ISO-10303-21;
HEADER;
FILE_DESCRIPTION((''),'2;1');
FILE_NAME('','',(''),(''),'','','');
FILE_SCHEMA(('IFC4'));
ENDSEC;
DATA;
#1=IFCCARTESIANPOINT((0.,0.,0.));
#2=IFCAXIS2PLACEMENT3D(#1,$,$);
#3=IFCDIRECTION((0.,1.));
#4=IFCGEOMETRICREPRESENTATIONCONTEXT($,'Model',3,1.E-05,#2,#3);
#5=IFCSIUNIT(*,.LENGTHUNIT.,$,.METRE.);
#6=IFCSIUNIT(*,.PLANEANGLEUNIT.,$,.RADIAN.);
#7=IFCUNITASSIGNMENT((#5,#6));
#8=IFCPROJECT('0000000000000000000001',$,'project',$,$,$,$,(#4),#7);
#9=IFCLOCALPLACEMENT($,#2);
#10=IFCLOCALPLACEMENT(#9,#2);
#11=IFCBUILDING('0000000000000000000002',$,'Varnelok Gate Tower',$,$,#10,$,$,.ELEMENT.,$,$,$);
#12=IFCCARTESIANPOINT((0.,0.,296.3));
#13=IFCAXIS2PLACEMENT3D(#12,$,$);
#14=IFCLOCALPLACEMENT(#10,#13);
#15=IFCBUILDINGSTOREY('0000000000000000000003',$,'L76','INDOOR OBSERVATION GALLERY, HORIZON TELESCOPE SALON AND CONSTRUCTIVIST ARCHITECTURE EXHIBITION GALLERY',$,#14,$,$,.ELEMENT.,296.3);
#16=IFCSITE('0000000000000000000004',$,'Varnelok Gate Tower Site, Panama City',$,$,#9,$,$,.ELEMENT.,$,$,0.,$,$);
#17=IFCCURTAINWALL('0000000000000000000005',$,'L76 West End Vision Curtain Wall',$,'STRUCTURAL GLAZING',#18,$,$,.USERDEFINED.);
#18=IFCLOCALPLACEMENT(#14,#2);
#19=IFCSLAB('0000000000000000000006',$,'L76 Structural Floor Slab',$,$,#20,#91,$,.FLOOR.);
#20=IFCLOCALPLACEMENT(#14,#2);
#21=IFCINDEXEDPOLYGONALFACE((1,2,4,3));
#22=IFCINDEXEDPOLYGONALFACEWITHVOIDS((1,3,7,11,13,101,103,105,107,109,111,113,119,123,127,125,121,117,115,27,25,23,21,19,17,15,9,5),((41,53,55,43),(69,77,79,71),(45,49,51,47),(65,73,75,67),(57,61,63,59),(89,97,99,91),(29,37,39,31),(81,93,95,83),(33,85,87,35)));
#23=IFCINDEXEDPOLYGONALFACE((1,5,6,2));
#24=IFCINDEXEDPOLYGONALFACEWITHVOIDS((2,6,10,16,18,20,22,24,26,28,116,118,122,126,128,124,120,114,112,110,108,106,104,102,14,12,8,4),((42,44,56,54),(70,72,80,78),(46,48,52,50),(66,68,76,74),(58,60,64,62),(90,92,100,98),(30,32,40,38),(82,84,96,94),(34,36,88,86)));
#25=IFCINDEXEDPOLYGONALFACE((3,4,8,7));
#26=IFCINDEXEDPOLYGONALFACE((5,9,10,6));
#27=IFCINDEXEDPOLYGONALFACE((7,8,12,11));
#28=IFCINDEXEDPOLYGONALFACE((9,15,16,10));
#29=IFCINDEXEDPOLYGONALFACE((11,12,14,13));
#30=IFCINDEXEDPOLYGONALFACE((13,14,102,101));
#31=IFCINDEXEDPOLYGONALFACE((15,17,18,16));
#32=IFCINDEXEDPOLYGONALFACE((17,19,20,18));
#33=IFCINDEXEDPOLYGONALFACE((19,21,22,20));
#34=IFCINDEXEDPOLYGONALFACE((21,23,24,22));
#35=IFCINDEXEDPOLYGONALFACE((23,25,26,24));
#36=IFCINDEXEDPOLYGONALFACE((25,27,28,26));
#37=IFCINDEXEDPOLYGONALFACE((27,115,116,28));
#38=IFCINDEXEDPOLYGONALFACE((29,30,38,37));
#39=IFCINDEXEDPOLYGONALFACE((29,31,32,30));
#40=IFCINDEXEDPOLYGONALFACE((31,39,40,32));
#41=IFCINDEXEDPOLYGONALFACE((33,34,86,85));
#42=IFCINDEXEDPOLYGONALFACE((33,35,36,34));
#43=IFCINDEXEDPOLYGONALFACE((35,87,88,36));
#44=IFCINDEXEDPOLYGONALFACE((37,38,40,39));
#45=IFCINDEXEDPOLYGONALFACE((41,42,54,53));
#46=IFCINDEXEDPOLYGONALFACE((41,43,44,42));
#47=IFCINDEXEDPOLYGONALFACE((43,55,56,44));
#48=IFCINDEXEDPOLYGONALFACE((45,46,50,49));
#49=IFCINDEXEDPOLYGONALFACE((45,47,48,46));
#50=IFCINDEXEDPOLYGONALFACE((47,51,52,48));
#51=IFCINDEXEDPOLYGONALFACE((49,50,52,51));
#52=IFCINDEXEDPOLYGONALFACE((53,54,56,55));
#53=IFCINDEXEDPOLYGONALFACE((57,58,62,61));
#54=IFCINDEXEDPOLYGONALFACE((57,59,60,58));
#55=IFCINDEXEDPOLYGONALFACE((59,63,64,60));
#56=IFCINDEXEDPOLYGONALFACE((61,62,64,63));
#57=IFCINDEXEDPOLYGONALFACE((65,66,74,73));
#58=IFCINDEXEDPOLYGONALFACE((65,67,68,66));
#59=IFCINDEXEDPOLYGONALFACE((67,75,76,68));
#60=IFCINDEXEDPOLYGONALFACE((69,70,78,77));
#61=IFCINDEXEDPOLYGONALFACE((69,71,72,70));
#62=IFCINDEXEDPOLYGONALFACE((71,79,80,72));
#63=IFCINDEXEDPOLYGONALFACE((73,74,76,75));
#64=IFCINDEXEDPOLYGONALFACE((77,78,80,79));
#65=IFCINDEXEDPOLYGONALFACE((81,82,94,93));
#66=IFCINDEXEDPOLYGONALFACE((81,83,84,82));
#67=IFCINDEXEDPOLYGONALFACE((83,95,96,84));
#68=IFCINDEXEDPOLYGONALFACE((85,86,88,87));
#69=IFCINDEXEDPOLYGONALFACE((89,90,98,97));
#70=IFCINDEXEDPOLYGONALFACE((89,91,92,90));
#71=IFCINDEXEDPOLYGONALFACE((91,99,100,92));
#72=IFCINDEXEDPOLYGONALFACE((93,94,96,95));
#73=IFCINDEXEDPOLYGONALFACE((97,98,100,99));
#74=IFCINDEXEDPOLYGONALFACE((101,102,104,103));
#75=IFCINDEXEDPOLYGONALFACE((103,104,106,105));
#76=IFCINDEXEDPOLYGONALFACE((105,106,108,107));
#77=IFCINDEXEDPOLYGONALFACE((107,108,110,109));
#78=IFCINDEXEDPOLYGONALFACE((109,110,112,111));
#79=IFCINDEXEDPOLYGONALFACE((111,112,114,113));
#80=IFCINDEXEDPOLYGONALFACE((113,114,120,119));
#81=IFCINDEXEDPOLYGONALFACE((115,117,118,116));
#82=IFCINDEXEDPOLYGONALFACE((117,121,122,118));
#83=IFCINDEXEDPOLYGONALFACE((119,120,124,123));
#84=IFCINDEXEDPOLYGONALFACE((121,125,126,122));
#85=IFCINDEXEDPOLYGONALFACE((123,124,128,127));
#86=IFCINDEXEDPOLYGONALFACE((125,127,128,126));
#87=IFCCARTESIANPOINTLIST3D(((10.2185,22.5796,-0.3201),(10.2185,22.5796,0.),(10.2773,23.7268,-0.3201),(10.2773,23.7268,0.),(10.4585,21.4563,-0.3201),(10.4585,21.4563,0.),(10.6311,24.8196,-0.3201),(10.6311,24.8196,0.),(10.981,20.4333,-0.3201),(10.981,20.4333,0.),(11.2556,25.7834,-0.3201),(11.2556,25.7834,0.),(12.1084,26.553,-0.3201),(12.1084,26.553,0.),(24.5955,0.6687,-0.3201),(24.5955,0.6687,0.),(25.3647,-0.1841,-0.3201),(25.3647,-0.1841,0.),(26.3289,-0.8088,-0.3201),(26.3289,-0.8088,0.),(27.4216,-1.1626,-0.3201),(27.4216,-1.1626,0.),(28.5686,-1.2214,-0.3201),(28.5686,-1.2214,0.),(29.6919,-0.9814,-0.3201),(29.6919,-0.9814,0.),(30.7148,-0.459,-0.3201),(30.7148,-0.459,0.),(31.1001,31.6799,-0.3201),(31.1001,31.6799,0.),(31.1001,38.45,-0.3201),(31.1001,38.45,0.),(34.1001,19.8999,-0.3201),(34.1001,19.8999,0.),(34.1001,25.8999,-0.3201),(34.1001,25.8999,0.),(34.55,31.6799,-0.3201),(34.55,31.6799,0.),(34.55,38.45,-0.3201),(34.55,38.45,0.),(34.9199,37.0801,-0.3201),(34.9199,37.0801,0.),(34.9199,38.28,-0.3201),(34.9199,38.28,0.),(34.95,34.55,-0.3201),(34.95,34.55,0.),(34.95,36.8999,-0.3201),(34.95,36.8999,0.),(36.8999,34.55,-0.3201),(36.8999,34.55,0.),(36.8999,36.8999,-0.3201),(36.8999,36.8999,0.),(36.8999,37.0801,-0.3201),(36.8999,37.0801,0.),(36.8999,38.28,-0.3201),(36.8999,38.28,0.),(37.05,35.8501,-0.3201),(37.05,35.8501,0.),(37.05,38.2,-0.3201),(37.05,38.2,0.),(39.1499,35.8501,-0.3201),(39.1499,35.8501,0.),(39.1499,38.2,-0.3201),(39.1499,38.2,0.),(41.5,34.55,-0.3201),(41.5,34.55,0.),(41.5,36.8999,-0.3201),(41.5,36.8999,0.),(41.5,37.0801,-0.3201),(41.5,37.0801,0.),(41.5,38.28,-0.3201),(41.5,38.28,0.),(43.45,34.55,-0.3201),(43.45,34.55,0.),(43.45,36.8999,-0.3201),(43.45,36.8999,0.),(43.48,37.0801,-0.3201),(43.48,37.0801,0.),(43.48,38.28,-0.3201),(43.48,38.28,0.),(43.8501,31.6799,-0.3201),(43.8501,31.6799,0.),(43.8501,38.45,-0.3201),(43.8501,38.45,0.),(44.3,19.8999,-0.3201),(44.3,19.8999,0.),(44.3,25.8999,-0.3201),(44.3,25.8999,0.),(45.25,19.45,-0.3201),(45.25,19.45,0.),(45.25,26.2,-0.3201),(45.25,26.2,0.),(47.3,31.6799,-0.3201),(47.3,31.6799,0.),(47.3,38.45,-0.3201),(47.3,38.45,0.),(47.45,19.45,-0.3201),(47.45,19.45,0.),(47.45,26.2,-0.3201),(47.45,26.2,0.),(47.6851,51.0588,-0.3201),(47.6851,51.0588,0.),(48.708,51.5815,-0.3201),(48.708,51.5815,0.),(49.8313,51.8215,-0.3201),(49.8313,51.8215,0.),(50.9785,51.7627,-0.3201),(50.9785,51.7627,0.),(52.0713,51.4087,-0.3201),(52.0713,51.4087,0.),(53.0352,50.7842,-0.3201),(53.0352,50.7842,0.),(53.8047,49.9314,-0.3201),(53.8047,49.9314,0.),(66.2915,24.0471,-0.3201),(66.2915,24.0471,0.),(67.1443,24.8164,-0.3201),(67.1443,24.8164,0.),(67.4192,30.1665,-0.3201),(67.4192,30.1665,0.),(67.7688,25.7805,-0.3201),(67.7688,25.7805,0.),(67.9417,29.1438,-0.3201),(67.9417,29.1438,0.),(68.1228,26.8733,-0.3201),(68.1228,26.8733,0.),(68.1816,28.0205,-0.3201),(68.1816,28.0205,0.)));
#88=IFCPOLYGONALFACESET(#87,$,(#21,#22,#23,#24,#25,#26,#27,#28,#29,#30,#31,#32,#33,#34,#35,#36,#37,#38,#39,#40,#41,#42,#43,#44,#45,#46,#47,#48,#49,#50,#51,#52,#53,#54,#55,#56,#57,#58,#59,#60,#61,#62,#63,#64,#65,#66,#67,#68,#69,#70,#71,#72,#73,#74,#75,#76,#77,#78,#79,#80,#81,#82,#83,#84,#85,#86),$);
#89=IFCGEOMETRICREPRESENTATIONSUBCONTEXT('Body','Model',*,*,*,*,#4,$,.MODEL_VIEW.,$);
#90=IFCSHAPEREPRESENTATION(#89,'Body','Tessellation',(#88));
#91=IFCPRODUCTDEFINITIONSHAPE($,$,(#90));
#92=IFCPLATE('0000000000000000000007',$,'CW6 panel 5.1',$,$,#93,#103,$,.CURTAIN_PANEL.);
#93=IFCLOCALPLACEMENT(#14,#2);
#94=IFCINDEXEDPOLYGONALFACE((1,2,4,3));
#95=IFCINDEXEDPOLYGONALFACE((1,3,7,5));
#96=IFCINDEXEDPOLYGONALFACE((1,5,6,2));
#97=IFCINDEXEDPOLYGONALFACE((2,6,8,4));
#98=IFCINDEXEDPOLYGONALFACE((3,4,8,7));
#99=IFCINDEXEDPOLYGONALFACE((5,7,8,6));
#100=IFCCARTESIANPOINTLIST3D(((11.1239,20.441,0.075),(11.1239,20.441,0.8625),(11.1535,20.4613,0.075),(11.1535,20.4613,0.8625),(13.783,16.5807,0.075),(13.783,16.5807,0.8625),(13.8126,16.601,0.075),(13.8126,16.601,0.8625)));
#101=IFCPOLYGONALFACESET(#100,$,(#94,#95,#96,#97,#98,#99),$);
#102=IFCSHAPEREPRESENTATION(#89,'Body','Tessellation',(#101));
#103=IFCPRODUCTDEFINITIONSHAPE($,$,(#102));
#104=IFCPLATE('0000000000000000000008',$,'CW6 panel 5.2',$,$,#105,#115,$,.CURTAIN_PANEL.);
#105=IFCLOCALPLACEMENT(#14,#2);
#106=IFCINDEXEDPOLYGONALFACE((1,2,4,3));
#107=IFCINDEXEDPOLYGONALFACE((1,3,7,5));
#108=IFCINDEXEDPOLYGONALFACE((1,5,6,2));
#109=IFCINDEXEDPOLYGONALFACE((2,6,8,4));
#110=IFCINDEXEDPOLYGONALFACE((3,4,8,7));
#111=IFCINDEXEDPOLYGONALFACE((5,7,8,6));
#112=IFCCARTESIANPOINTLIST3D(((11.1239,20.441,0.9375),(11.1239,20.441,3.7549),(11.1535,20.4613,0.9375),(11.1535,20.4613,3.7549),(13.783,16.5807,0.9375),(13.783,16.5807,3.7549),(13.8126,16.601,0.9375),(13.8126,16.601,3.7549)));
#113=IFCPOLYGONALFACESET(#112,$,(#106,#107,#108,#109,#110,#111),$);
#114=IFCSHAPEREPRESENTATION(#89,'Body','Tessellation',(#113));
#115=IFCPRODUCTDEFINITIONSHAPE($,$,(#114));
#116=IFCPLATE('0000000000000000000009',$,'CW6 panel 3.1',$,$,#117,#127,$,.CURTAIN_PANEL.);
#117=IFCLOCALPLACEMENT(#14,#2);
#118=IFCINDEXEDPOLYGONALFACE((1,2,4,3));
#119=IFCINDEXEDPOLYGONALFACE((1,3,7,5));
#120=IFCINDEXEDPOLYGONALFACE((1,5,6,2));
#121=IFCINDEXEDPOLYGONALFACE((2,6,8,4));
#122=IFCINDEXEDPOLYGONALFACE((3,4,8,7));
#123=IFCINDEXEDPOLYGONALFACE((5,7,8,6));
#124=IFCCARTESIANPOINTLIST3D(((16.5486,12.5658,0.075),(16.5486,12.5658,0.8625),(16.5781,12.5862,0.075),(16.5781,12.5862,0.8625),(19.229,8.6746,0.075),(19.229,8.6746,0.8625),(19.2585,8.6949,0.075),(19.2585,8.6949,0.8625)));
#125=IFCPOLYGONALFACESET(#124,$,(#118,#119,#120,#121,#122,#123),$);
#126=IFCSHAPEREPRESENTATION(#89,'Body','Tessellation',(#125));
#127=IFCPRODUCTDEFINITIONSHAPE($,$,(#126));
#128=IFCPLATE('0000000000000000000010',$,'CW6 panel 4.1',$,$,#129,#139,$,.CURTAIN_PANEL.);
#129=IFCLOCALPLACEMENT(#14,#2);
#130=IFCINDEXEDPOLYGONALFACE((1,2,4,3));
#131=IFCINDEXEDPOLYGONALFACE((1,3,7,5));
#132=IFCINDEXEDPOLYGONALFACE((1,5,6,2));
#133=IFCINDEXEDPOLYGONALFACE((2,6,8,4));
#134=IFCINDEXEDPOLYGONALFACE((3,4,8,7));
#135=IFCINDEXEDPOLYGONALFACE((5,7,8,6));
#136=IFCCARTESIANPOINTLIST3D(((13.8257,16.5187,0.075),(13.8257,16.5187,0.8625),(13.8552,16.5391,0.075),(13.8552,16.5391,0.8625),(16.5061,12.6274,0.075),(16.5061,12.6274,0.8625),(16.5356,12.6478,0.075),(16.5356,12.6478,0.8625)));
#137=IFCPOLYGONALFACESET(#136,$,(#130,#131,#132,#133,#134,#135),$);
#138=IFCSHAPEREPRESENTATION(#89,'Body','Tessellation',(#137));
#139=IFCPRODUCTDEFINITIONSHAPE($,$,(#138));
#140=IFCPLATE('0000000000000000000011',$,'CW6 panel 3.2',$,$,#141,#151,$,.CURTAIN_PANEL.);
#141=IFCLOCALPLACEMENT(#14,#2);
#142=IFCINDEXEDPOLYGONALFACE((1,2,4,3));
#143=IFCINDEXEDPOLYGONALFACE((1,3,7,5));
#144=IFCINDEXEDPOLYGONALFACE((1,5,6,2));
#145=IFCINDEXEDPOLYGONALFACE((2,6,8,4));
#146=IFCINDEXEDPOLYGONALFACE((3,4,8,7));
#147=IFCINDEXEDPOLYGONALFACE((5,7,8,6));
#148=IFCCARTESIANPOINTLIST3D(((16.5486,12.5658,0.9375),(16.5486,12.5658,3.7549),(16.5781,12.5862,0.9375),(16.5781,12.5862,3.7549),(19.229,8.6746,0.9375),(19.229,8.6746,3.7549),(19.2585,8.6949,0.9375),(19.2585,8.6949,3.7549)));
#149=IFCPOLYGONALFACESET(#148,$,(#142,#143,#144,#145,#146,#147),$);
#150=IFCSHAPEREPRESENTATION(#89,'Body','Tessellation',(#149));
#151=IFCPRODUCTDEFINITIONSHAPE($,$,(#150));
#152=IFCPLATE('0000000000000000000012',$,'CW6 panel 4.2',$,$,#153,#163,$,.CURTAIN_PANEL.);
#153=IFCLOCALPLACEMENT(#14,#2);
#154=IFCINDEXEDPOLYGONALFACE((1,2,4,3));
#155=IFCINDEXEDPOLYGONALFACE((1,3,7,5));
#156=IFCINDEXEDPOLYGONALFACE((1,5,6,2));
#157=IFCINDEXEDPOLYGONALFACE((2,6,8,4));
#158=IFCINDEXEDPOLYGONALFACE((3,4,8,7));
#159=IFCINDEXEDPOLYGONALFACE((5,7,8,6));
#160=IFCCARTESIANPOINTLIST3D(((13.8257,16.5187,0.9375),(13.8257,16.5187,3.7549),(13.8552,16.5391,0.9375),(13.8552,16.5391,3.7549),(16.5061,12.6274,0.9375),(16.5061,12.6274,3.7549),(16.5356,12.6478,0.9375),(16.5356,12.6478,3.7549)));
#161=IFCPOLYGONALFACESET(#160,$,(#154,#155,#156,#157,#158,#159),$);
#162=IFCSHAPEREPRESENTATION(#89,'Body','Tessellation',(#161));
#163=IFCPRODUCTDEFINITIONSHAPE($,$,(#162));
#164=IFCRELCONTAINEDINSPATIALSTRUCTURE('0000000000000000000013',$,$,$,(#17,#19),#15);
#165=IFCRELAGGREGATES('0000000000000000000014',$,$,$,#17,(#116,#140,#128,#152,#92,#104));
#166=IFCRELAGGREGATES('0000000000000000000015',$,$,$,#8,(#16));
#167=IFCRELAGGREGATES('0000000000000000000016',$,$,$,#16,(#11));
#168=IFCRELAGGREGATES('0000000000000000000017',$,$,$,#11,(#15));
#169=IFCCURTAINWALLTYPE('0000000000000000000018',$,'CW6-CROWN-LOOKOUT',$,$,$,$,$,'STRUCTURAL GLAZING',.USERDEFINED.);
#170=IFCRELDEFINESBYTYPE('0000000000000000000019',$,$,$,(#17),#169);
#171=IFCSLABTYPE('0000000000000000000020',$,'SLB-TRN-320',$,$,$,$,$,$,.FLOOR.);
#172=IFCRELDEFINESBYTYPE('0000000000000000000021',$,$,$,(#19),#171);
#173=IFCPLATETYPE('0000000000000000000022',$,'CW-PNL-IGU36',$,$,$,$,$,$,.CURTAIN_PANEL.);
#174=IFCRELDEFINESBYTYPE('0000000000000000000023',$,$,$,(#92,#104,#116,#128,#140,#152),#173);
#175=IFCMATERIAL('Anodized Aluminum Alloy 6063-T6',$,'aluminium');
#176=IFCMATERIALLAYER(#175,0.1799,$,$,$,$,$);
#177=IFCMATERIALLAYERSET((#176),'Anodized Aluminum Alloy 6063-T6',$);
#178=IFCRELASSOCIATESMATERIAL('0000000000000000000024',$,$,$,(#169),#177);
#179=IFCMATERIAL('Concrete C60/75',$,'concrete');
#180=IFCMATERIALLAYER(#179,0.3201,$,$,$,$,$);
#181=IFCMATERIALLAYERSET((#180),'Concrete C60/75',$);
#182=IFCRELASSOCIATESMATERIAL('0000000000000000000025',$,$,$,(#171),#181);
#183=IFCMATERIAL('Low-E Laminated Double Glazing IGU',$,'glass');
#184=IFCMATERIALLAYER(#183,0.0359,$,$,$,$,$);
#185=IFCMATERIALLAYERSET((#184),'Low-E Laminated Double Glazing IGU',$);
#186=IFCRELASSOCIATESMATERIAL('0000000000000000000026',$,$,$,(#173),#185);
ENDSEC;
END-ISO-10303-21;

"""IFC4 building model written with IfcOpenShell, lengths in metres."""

from ifc_helpers import new_model, si_unit, direction, frame, origin, origin_2d, place, context, subcontext, project, spatial, polyline, rectangle, outline, extrude, source, transform, mapped, material, layer, layer_set, type_object, element, aggregate, save


model = new_model("IFC4")

# Units and contexts
model_context = context("Model", 3, precision=1e-05, world=origin(), true_north=direction((0.0, 1.0)))
body_context = subcontext(model_context, "Body", "Model", "MODEL_VIEW")
ifc_project = project(units=[si_unit("LENGTHUNIT", "METRE"), si_unit("PLANEANGLEUNIT", "RADIAN")], contexts=[model_context])

# Site, building, storey
site_placement = place(None, origin())
site = spatial("IfcSite", under=ifc_project, at=site_placement, Name="Varnelok Gate Tower Site, Panama City", CompositionType="ELEMENT", RefElevation=0.0)
building_placement = place(site_placement, origin())
building = spatial("IfcBuilding", under=site, at=building_placement, Name="Varnelok Gate Tower", CompositionType="ELEMENT")
storey_placement = place(building_placement, frame((0.0, 0.0, 296.3)))
storey = spatial("IfcBuildingStorey", under=building, at=storey_placement, Name="L76", Description="INDOOR OBSERVATION GALLERY, HORIZON TELESCOPE SALON AND CONSTRUCTIVIST ARCHITECTURE EXHIBITION GALLERY", CompositionType="ELEMENT", Elevation=296.3)

# Curtain wall
ifc_material_1 = material(Name="Anodized Aluminum Alloy 6063-T6", Category="aluminium")
ifc_layer_1 = layer(ifc_material_1, 0.1799)
ifc_layer_set_1 = layer_set([ifc_layer_1], Name="Anodized Aluminum Alloy 6063-T6")
curtain_wall_type = type_object("IfcCurtainWallType", Name="CW6-CROWN-LOOKOUT", ElementType="STRUCTURAL GLAZING", PredefinedType="USERDEFINED", material=ifc_layer_set_1)
curtain_wall_placement = place(storey_placement, origin())
curtain_wall = element("IfcCurtainWall", 1, at=curtain_wall_placement, inside=storey, type_object=curtain_wall_type, Name="L76 West End Vision Curtain Wall", ObjectType="STRUCTURAL GLAZING", PredefinedType="USERDEFINED")

# Slab
ifc_material_2 = material(Name="Concrete C60/75", Category="concrete")
ifc_layer_2 = layer(ifc_material_2, 0.3201)
ifc_layer_set_2 = layer_set([ifc_layer_2], Name="Concrete C60/75")
slab_type_1 = type_object("IfcSlabType", Name="SLB-TRN-320", PredefinedType="FLOOR", material=ifc_layer_set_2)
slab_1_placement = place(storey_placement, frame((0.0, 0.0, -0.3201)))
element("IfcSlab", 2, at=slab_1_placement, inside=storey, type_object=slab_type_1, Name="L76 Structural Floor Slab", PredefinedType="FLOOR", context=body_context, shape_type="SweptSolid", body=[
    extrude(outline(polyline([(24.5955, 0.6687), (25.3647, -0.1841), (26.3289, -0.8088), (27.4216, -1.1626), (28.5686, -1.2214), (29.6919, -0.9814), (30.7148, -0.459), (66.2915, 24.0471), (67.1443, 24.8164), (67.7688, 25.7805), (68.1228, 26.8733), (68.1816, 28.0205), (67.9417, 29.1438), (67.4192, 30.1665), (53.8047, 49.9314), (53.0352, 50.7842), (52.0713, 51.4087), (50.9785, 51.7627), (49.8313, 51.8215), (48.708, 51.5815), (47.6851, 51.0588), (12.1084, 26.553), (11.2556, 25.7834), (10.6311, 24.8196), (10.2773, 23.7268), (10.2185, 22.5796), (10.4585, 21.4563), (10.981, 20.4333), (24.5955, 0.6687)]), holes=[polyline([(34.55, 31.6799), (34.55, 38.45), (31.1001, 38.45), (31.1001, 31.6799), (34.55, 31.6799)]), polyline([(47.3, 31.6799), (47.3, 38.45), (43.8501, 38.45), (43.8501, 31.6799), (47.3, 31.6799)]), polyline([(34.95, 34.55), (36.8999, 34.55), (36.8999, 36.8999), (34.95, 36.8999), (34.95, 34.55)]), polyline([(41.5, 34.55), (43.45, 34.55), (43.45, 36.8999), (41.5, 36.8999), (41.5, 34.55)]), polyline([(37.05, 35.8501), (39.1499, 35.8501), (39.1499, 38.2), (37.05, 38.2), (37.05, 35.8501)]), polyline([(45.25, 19.45), (47.45, 19.45), (47.45, 26.2), (45.25, 26.2), (45.25, 19.45)]), polyline([(34.9199, 37.0801), (36.8999, 37.0801), (36.8999, 38.28), (34.9199, 38.28), (34.9199, 37.0801)]), polyline([(41.5, 37.0801), (43.48, 37.0801), (43.48, 38.28), (41.5, 38.28), (41.5, 37.0801)]), polyline([(34.1001, 19.8999), (44.3, 19.8999), (44.3, 25.8999), (34.1001, 25.8999), (34.1001, 19.8999)])]), origin(), (0.0, 0.0, 1.0), 0.3201),
])

# Plates
ifc_material_3 = material(Name="Low-E Laminated Double Glazing IGU", Category="glass")
ifc_layer_3 = layer(ifc_material_3, 0.0359)
ifc_layer_set_3 = layer_set([ifc_layer_3], Name="Low-E Laminated Double Glazing IGU")
plate_type = type_object("IfcPlateType", Name="CW-PNL-IGU36", PredefinedType="CURTAIN_PANEL", material=ifc_layer_set_3)
shared_shape_1 = source(origin(), body_context, "Body", "SweptSolid", [
    extrude(rectangle(XDim=4.6875, YDim=0.0359, at=origin_2d()), origin(), (0.0, 0.0, 1.0), 0.7876),
])
plate_1_placement = place(storey_placement, frame((12.4683, 18.521, 0.075), z_axis=(0.0, 0.0, 1.0), x_axis=(-0.56727, 0.823532, 0.0)))
plate_1 = element("IfcPlate", 3, at=plate_1_placement, type_object=plate_type, Name="CW6 panel 5.1", PredefinedType="CURTAIN_PANEL", context=body_context, shape_type="MappedRepresentation", body=[
    mapped(shared_shape_1, transform((0.0, 0.0, 0.0), scale=1.0)),
])
shared_shape_2 = source(origin(), body_context, "Body", "SweptSolid", [
    extrude(rectangle(XDim=4.6875, YDim=0.0359, at=origin_2d()), origin(), (0.0, 0.0, 1.0), 2.8174),
])
plate_2_placement = place(storey_placement, frame((12.4683, 18.521, 0.9375), z_axis=(0.0, 0.0, 1.0), x_axis=(-0.56727, 0.823532, 0.0)))
plate_2 = element("IfcPlate", 4, at=plate_2_placement, type_object=plate_type, Name="CW6 panel 5.2", PredefinedType="CURTAIN_PANEL", context=body_context, shape_type="MappedRepresentation", body=[
    mapped(shared_shape_2, transform((0.0, 0.0, 0.0), scale=1.0)),
])
shared_shape_3 = source(origin(), body_context, "Body", "SweptSolid", [
    extrude(rectangle(XDim=4.7251, YDim=0.0359, at=origin_2d()), origin(), (0.0, 0.0, 1.0), 0.7876),
])
plate_3_placement = place(storey_placement, frame((17.9036, 10.6304, 0.075), z_axis=(0.0, 0.0, 1.0), x_axis=(-0.56727, 0.823532, 0.0)))
plate_3 = element("IfcPlate", 5, at=plate_3_placement, type_object=plate_type, Name="CW6 panel 3.1", PredefinedType="CURTAIN_PANEL", context=body_context, shape_type="MappedRepresentation", body=[
    mapped(shared_shape_3, transform((0.0, 0.0, 0.0), scale=1.0)),
])
plate_4_placement = place(storey_placement, frame((15.1807, 14.5833, 0.075), z_axis=(0.0, 0.0, 1.0), x_axis=(-0.56727, 0.823532, 0.0)))
plate_4 = element("IfcPlate", 6, at=plate_4_placement, type_object=plate_type, Name="CW6 panel 4.1", PredefinedType="CURTAIN_PANEL", context=body_context, shape_type="MappedRepresentation", body=[
    mapped(shared_shape_3, transform((0.0, 0.0, 0.0), scale=1.0)),
])
shared_shape_4 = source(origin(), body_context, "Body", "SweptSolid", [
    extrude(rectangle(XDim=4.7251, YDim=0.0359, at=origin_2d()), origin(), (0.0, 0.0, 1.0), 2.8174),
])
plate_5_placement = place(storey_placement, frame((17.9036, 10.6304, 0.9375), z_axis=(0.0, 0.0, 1.0), x_axis=(-0.56727, 0.823532, 0.0)))
plate_5 = element("IfcPlate", 7, at=plate_5_placement, type_object=plate_type, Name="CW6 panel 3.2", PredefinedType="CURTAIN_PANEL", context=body_context, shape_type="MappedRepresentation", body=[
    mapped(shared_shape_4, transform((0.0, 0.0, 0.0), scale=1.0)),
])
plate_6_placement = place(storey_placement, frame((15.1807, 14.5833, 0.9375), z_axis=(0.0, 0.0, 1.0), x_axis=(-0.56727, 0.823532, 0.0)))
plate_6 = element("IfcPlate", 8, at=plate_6_placement, type_object=plate_type, Name="CW6 panel 4.2", PredefinedType="CURTAIN_PANEL", context=body_context, shape_type="MappedRepresentation", body=[
    mapped(shared_shape_4, transform((0.0, 0.0, 0.0), scale=1.0)),
])
aggregate(curtain_wall, [plate_3, plate_5, plate_4, plate_6, plate_1, plate_2])

save(model, "model.ifc")
